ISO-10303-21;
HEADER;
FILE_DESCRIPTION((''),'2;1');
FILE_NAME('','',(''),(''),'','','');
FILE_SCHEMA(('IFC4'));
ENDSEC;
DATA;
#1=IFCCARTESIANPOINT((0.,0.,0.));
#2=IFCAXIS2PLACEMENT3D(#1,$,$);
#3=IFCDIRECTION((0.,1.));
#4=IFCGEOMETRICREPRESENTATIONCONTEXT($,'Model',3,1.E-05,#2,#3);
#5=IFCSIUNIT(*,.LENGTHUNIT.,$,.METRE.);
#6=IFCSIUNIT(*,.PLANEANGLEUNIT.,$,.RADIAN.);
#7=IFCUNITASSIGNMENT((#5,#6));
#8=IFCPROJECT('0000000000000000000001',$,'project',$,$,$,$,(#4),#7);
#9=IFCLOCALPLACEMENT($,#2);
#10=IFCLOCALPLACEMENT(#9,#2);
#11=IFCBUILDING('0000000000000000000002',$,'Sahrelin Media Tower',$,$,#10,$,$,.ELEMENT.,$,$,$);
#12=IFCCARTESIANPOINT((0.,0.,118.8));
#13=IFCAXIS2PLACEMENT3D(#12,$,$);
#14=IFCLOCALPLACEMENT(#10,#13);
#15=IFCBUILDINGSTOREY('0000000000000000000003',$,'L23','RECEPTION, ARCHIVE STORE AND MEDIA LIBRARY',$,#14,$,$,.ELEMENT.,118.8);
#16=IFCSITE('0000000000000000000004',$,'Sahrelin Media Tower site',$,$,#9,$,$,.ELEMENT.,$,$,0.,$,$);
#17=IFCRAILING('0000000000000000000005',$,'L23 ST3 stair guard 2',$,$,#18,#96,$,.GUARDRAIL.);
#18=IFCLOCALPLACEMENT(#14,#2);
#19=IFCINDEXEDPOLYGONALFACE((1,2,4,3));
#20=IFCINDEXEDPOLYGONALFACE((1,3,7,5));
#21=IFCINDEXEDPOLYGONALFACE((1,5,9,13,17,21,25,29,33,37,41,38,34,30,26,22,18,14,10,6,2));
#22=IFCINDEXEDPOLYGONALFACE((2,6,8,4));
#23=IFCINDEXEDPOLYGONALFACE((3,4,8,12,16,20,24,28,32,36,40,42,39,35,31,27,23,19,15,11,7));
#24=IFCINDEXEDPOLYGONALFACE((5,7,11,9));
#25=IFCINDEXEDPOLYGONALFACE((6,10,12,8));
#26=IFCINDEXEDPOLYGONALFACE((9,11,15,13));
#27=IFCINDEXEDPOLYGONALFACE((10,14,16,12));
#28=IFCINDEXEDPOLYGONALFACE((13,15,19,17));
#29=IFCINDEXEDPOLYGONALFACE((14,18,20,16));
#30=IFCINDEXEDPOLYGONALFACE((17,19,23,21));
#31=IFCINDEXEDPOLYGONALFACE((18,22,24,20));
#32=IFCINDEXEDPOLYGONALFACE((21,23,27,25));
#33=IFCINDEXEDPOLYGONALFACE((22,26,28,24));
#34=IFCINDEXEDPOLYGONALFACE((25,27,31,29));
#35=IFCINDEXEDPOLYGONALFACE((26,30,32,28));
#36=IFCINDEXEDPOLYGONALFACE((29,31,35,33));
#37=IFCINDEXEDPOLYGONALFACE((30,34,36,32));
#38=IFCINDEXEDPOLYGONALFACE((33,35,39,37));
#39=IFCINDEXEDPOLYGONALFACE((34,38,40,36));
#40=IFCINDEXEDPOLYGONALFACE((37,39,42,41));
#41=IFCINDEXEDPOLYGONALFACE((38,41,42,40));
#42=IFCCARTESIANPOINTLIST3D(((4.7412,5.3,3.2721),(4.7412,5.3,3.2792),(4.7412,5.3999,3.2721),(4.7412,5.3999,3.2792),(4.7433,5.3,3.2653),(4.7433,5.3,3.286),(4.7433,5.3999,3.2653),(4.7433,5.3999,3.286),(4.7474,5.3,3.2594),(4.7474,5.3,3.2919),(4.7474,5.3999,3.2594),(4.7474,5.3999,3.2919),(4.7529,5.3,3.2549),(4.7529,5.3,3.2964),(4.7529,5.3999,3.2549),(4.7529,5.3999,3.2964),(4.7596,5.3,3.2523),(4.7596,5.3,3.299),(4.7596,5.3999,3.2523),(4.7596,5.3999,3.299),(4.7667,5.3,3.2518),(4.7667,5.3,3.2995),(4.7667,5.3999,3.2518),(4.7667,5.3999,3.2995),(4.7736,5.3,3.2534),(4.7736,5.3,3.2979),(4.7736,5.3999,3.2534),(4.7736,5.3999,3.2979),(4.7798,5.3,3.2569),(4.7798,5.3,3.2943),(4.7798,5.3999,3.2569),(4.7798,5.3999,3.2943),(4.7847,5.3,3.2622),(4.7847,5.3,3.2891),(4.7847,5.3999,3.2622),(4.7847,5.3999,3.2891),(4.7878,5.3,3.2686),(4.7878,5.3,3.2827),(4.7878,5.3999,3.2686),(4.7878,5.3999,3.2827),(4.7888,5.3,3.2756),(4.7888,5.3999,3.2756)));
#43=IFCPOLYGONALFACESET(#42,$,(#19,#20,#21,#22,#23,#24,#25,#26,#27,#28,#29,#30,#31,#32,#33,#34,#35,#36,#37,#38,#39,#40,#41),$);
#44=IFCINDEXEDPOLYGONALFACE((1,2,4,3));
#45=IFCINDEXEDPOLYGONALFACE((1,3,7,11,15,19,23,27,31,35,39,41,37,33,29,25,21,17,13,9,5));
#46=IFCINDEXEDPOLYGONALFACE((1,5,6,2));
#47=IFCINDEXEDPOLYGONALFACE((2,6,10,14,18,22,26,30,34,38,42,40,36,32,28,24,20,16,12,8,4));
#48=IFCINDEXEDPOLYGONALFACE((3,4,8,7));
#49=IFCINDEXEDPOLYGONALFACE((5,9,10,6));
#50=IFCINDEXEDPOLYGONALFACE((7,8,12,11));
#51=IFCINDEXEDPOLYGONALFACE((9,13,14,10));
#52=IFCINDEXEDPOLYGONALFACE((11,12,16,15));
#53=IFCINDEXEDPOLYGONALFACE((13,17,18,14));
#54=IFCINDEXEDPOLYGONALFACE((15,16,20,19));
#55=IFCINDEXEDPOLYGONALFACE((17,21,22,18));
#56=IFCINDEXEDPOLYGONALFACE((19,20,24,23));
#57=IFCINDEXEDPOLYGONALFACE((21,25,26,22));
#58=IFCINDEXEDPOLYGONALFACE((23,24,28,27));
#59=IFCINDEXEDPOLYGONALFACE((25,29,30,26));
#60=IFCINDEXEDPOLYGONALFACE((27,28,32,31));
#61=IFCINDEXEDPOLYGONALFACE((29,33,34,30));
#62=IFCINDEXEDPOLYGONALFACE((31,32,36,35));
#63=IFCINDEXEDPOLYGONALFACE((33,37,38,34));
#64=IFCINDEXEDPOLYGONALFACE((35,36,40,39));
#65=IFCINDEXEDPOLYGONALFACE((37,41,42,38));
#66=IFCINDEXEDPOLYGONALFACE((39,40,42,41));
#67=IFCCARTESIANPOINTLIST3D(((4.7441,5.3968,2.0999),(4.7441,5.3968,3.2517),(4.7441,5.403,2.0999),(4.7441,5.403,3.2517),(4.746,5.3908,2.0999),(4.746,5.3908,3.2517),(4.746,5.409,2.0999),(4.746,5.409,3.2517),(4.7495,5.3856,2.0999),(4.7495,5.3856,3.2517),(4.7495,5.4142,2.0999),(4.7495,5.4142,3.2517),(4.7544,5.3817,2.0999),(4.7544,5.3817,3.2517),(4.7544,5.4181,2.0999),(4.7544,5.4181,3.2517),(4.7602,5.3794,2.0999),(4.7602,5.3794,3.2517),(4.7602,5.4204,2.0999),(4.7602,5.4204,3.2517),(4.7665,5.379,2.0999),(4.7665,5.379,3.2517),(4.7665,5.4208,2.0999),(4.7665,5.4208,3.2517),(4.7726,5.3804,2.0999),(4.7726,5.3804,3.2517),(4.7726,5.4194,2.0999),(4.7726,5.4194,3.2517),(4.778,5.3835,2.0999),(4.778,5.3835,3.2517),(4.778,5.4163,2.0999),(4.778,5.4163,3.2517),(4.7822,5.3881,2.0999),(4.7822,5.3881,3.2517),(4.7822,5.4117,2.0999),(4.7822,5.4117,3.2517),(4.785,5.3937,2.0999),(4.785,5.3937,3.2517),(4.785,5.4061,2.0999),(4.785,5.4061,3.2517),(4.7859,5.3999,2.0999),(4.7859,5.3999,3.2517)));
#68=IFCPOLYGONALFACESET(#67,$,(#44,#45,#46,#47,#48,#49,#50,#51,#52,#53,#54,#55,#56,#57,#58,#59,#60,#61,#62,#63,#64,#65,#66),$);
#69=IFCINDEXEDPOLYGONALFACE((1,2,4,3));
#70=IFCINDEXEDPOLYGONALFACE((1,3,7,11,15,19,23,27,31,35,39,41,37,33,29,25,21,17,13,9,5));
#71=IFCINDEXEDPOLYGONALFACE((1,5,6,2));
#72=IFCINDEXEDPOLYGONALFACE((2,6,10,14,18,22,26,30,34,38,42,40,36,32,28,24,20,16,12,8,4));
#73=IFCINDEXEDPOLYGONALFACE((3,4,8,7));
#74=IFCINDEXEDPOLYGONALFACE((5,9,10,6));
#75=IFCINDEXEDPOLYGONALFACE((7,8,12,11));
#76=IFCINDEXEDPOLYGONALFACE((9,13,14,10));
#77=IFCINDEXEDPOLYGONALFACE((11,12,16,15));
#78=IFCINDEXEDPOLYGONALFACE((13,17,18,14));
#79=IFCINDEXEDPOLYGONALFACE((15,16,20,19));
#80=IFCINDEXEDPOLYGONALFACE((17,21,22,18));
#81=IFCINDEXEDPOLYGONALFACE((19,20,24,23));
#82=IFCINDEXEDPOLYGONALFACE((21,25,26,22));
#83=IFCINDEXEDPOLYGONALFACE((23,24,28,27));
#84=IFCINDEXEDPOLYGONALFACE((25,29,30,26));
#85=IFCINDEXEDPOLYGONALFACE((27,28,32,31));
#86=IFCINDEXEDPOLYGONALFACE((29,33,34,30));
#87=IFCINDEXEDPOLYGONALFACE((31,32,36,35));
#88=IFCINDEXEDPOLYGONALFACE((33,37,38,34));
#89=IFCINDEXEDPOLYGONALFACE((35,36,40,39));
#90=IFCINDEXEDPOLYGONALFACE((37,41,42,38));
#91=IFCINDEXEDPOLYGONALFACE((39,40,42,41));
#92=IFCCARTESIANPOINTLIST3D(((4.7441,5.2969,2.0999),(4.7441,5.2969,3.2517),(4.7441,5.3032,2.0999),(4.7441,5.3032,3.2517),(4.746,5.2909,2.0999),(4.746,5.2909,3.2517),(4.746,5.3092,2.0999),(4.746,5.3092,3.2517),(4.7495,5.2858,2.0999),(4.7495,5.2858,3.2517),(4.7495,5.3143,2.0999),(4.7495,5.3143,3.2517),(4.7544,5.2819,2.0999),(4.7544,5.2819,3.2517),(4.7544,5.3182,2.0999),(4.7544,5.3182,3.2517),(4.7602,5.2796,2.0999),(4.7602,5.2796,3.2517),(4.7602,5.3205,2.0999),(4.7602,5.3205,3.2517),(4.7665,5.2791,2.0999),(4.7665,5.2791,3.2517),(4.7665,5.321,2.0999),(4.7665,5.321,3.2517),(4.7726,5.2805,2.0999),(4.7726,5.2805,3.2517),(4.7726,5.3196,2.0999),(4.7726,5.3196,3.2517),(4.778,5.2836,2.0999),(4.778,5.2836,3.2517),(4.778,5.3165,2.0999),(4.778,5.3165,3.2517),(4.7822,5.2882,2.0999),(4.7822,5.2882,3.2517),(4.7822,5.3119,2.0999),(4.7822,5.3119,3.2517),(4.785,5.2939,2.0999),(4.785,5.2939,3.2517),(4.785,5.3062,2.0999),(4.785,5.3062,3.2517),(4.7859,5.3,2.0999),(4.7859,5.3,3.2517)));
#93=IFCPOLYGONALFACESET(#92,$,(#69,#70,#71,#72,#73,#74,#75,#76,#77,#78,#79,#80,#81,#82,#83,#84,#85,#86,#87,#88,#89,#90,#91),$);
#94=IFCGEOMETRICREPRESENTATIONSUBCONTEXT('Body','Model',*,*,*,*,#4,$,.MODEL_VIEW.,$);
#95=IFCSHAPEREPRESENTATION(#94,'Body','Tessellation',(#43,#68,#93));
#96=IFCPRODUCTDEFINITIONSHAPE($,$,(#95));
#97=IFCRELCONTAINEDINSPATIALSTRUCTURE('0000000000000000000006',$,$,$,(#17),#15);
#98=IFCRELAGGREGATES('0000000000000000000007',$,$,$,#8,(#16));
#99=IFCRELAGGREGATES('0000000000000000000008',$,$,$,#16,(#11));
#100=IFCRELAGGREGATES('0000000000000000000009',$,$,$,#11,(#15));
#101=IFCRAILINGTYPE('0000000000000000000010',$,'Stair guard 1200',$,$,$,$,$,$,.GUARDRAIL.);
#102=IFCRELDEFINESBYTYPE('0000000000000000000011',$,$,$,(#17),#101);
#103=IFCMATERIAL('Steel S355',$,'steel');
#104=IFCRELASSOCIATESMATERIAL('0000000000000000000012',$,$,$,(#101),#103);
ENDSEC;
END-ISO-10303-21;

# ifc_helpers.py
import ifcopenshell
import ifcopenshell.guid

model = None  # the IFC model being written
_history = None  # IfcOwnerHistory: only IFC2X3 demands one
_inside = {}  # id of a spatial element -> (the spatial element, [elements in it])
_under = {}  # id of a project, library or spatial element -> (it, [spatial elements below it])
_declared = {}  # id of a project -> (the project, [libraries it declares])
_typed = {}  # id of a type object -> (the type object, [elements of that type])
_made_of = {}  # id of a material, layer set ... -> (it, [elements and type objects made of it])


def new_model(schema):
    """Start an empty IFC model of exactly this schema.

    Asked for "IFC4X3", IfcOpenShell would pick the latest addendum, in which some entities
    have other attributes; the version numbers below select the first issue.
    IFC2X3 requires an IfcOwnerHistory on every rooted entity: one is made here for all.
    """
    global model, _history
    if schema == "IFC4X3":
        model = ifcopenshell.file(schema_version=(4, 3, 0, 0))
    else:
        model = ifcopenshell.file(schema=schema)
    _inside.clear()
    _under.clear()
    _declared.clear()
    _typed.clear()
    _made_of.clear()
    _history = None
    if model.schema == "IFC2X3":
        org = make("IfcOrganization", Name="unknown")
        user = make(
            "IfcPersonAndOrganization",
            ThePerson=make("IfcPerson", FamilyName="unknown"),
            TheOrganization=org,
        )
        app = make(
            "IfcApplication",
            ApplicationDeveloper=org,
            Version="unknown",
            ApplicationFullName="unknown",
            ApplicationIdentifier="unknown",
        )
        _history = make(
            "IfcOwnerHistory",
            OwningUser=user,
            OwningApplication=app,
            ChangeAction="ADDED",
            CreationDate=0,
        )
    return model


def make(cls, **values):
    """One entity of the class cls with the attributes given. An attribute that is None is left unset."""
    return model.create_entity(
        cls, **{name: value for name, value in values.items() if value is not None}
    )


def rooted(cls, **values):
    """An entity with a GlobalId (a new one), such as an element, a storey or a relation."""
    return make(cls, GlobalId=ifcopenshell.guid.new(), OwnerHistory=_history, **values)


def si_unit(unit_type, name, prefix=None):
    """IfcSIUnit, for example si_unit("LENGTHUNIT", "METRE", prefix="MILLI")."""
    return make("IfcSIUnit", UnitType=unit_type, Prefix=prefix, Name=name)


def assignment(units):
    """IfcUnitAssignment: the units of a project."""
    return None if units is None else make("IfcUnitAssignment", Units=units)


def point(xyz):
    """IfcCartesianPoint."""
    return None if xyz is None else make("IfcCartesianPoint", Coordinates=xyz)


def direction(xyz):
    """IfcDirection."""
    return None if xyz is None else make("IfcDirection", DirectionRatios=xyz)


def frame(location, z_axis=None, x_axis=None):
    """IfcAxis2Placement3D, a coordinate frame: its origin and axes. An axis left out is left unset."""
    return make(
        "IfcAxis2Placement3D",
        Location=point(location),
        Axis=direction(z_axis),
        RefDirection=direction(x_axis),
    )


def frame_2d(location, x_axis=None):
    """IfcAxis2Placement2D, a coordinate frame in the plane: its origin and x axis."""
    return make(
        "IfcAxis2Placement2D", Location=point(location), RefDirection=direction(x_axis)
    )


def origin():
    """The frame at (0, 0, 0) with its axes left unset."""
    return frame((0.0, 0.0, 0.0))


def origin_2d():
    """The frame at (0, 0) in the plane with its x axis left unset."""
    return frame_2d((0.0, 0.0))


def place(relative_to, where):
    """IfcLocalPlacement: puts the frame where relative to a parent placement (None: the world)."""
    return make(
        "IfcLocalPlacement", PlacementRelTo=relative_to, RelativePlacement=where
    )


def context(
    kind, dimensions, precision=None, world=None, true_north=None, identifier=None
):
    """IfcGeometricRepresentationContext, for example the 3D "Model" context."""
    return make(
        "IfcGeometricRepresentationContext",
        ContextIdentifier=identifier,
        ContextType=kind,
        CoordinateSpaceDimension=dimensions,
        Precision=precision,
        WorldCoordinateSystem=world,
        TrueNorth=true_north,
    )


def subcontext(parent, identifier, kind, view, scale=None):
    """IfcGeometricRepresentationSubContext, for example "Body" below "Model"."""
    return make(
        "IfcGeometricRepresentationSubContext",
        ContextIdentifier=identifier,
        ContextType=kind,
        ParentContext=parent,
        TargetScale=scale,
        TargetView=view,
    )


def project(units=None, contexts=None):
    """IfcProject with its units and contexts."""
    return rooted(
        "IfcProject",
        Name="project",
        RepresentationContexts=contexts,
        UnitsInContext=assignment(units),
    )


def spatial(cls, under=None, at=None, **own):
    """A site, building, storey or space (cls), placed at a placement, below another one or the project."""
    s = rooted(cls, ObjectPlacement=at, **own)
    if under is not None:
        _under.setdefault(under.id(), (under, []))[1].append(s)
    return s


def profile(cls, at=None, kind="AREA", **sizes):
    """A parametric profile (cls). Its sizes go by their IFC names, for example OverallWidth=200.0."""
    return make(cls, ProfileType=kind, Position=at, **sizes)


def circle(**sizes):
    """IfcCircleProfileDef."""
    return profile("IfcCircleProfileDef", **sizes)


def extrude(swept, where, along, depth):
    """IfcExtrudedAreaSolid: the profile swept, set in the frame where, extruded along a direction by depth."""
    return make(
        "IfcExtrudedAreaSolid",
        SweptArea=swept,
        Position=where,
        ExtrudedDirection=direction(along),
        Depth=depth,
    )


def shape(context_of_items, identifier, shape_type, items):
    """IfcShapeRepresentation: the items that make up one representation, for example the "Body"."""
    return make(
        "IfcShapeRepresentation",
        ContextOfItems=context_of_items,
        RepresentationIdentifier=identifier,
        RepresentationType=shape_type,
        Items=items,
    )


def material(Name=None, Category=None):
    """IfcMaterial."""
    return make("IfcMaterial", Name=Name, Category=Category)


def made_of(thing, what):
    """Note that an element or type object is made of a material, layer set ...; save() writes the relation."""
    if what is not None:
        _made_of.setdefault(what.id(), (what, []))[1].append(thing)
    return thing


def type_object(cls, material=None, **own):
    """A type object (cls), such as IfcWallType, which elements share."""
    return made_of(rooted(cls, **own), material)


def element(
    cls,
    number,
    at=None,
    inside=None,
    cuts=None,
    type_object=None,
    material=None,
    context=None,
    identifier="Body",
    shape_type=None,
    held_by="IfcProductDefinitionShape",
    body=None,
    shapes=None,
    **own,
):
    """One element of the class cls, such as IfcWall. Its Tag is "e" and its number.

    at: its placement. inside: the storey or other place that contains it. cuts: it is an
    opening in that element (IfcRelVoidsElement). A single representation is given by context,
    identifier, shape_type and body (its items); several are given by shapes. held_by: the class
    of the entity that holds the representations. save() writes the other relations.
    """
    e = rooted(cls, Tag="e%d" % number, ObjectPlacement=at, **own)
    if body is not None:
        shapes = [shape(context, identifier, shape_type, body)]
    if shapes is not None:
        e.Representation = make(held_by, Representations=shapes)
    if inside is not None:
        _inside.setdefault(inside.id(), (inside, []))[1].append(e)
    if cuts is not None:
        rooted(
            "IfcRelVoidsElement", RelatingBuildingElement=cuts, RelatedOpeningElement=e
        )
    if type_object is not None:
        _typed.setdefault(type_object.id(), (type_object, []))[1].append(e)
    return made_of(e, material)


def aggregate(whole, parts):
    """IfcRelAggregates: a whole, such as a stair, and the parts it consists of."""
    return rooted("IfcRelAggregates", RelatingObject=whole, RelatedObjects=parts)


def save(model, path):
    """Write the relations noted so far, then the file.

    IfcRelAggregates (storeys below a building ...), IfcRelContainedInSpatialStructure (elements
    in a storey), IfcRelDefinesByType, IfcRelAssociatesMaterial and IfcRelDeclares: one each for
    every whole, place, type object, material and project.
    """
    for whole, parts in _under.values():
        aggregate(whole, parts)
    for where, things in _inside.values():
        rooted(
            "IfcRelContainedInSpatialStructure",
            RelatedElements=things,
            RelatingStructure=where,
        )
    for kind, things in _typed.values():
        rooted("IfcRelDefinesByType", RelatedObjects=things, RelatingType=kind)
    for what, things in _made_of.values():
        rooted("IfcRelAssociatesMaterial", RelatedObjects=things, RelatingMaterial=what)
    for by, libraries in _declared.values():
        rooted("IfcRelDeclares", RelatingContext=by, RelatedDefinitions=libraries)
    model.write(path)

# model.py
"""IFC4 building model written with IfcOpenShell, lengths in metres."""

from ifc_helpers import new_model, si_unit, direction, frame, origin, origin_2d, place, context, subcontext, project, spatial, circle, extrude, material, type_object, element, save


model = new_model("IFC4")

# Units and contexts
model_context = context("Model", 3, precision=1e-05, world=origin(), true_north=direction((0.0, 1.0)))
body_context = subcontext(model_context, "Body", "Model", "MODEL_VIEW")
ifc_project = project(units=[si_unit("LENGTHUNIT", "METRE"), si_unit("PLANEANGLEUNIT", "RADIAN")], contexts=[model_context])

# Site, building, storey
site_placement = place(None, origin())
site = spatial("IfcSite", under=ifc_project, at=site_placement, Name="Sahrelin Media Tower site", CompositionType="ELEMENT", RefElevation=0.0)
building_placement = place(site_placement, origin())
building = spatial("IfcBuilding", under=site, at=building_placement, Name="Sahrelin Media Tower", CompositionType="ELEMENT")
storey_placement = place(building_placement, frame((0.0, 0.0, 118.8)))
storey = spatial("IfcBuildingStorey", under=building, at=storey_placement, Name="L23", Description="RECEPTION, ARCHIVE STORE AND MEDIA LIBRARY", CompositionType="ELEMENT", Elevation=118.8)

# Railing
ifc_material_1 = material(Name="Steel S355", Category="steel")
railing_type_1 = type_object("IfcRailingType", Name="Stair guard 1200", PredefinedType="GUARDRAIL", material=ifc_material_1)
railing_1_placement = place(storey_placement, frame((4.7649, 5.3999, 2.0999)))
element("IfcRailing", 1, at=railing_1_placement, inside=storey, type_object=railing_type_1, Name="L23 ST3 stair guard 2", PredefinedType="GUARDRAIL", context=body_context, shape_type="SweptSolid", body=[
    extrude(circle(Radius=0.0239, at=origin_2d()), frame((0.0, 0.0, 1.1758), z_axis=(0.0, -1.0, 0.0), x_axis=(1.0, 0.0, 0.0)), (0.0, 0.0, 1.0), 0.0999),
    extrude(circle(Radius=0.021, at=origin_2d()), origin(), (0.0, 0.0, 1.0), 1.1519),
    extrude(circle(Radius=0.021, at=origin_2d()), frame((0.0, -0.0999, 0.0)), (0.0, 0.0, 1.0), 1.1519),
])

save(model, "model.ifc")
